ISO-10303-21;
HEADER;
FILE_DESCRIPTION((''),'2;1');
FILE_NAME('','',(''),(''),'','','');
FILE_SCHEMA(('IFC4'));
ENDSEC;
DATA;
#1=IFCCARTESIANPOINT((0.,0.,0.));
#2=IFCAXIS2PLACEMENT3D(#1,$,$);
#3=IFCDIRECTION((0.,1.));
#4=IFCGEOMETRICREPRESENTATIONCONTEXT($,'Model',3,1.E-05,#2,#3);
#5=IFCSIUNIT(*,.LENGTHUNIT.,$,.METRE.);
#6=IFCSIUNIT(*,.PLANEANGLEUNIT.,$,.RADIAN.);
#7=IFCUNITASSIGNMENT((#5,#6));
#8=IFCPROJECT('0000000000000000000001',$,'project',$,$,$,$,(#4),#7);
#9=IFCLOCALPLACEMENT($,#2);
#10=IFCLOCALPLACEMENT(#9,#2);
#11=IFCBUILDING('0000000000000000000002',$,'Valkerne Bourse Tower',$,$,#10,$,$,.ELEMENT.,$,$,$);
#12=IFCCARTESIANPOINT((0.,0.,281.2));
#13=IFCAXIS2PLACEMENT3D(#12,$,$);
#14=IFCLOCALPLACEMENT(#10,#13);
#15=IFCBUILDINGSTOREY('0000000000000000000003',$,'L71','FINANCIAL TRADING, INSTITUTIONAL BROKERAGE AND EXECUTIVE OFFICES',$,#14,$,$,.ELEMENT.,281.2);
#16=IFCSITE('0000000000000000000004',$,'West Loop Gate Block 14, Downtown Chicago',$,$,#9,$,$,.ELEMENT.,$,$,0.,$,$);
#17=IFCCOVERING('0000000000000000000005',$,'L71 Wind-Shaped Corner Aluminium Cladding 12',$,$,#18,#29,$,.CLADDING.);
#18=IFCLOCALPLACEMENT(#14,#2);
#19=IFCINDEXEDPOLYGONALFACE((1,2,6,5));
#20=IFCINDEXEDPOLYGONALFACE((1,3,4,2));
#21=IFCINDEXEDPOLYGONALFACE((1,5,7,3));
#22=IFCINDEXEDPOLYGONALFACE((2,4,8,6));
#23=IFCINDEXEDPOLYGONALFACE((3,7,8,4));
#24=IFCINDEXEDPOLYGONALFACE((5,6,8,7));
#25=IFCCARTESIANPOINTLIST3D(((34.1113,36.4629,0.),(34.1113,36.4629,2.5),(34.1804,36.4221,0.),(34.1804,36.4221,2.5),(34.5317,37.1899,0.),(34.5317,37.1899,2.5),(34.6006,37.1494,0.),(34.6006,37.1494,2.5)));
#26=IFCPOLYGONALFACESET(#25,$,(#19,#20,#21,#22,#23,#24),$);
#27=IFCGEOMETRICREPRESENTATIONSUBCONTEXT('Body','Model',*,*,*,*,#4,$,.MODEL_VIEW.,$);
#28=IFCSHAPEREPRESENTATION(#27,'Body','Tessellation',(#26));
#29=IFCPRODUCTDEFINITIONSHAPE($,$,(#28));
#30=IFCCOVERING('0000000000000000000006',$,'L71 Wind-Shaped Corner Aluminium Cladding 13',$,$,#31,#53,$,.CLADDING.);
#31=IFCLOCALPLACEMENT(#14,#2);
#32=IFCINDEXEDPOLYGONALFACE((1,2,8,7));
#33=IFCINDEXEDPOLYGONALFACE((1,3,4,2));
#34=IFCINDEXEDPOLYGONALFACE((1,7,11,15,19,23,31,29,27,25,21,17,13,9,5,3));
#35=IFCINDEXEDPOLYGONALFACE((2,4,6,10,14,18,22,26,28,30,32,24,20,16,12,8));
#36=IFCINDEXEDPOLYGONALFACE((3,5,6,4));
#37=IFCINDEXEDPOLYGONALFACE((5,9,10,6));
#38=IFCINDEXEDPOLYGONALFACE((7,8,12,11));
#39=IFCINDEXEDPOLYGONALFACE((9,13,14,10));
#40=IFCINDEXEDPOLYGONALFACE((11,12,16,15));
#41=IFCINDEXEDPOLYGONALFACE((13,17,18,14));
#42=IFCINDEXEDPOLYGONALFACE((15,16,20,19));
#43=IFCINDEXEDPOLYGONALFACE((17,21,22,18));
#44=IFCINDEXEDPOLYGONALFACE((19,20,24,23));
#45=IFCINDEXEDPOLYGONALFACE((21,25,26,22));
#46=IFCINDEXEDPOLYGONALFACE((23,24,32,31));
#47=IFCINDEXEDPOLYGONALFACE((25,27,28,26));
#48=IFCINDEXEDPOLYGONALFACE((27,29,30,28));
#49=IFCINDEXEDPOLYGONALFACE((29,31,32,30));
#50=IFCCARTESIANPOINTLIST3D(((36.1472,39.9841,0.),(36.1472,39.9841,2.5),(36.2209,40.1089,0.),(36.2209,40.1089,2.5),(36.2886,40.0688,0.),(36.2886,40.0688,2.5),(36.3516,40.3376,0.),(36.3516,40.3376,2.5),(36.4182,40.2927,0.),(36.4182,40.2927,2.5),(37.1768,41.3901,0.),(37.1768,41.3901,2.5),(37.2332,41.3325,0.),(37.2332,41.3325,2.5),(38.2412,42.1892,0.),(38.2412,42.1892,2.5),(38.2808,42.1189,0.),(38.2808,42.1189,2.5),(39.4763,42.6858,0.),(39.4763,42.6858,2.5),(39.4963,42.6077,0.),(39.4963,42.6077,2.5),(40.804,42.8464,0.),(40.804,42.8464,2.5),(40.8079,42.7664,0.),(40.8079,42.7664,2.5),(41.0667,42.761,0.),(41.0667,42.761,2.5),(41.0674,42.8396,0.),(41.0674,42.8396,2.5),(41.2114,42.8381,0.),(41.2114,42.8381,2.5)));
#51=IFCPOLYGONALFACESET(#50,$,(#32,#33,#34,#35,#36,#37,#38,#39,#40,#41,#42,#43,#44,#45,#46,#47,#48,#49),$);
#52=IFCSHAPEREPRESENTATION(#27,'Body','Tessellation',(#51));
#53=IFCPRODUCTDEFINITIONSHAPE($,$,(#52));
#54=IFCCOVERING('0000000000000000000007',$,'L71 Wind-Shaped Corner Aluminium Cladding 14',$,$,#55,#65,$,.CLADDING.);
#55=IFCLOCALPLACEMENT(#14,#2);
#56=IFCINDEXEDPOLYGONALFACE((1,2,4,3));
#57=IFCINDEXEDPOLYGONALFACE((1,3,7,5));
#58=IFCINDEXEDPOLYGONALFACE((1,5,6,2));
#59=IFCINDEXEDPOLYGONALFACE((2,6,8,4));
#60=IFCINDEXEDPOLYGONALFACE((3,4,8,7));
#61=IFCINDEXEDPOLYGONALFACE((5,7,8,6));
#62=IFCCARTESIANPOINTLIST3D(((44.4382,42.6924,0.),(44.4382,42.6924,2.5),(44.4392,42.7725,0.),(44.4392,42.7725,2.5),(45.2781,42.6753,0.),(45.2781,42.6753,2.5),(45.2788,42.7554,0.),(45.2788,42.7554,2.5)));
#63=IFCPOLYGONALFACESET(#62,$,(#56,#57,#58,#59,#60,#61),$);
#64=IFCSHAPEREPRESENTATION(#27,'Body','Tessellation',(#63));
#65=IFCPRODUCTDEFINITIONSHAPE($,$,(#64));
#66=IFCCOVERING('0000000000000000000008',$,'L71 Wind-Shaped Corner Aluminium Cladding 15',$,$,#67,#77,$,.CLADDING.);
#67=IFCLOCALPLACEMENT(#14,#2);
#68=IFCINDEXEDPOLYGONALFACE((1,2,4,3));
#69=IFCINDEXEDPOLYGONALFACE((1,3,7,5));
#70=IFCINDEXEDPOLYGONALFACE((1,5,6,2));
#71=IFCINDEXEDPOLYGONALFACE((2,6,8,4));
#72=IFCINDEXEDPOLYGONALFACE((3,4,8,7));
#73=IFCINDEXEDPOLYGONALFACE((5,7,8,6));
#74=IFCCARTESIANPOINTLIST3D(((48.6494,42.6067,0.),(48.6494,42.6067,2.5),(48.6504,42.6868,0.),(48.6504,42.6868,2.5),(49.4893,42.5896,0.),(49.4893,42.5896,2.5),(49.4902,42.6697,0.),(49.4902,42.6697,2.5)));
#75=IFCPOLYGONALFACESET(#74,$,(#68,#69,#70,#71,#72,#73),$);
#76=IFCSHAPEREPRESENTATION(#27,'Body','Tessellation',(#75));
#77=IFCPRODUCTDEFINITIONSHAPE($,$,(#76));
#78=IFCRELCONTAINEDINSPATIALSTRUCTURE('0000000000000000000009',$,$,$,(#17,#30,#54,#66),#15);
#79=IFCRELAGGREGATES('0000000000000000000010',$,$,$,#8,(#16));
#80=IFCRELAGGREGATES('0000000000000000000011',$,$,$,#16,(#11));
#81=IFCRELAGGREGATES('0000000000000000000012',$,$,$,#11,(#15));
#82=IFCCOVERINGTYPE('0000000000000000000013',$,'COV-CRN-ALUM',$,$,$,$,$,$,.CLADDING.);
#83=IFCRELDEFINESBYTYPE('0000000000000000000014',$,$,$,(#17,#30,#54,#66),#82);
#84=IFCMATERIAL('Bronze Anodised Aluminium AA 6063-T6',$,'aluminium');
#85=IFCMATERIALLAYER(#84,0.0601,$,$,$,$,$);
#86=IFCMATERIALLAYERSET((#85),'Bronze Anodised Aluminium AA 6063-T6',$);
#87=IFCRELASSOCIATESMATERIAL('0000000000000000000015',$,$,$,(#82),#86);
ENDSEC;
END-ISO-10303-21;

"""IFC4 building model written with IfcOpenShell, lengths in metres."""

from ifc_helpers import new_model, si_unit, direction, frame, origin, place, context, subcontext, project, spatial, polyline, outline, extrude, material, layer, layer_set, type_object, element, save


model = new_model("IFC4")

# Units and contexts
model_context = context("Model", 3, precision=1e-05, world=origin(), true_north=direction((0.0, 1.0)))
body_context = subcontext(model_context, "Body", "Model", "MODEL_VIEW")
ifc_project = project(units=[si_unit("LENGTHUNIT", "METRE"), si_unit("PLANEANGLEUNIT", "RADIAN")], contexts=[model_context])

# Site, building, storey
site_placement = place(None, origin())
site = spatial("IfcSite", under=ifc_project, at=site_placement, Name="West Loop Gate Block 14, Downtown Chicago", CompositionType="ELEMENT", RefElevation=0.0)
building_placement = place(site_placement, origin())
building = spatial("IfcBuilding", under=site, at=building_placement, Name="Valkerne Bourse Tower", CompositionType="ELEMENT")
storey_placement = place(building_placement, frame((0.0, 0.0, 281.2)))
storey = spatial("IfcBuildingStorey", under=building, at=storey_placement, Name="L71", Description="FINANCIAL TRADING, INSTITUTIONAL BROKERAGE AND EXECUTIVE OFFICES", CompositionType="ELEMENT", Elevation=281.2)

# Coverings
ifc_material_1 = material(Name="Bronze Anodised Aluminium AA 6063-T6", Category="aluminium")
ifc_layer_1 = layer(ifc_material_1, 0.0601)
ifc_layer_set_1 = layer_set([ifc_layer_1], Name="Bronze Anodised Aluminium AA 6063-T6")
covering_type = type_object("IfcCoveringType", Name="COV-CRN-ALUM", PredefinedType="CLADDING", material=ifc_layer_set_1)
covering_1_placement = place(storey_placement, origin())
element("IfcCovering", 1, at=covering_1_placement, inside=storey, type_object=covering_type, Name="L71 Wind-Shaped Corner Aluminium Cladding 12", PredefinedType="CLADDING", context=body_context, shape_type="SweptSolid", body=[
    extrude(outline(polyline([(34.5317, 37.1899), (34.6006, 37.1494), (34.1804, 36.4221), (34.1113, 36.4629), (34.5317, 37.1899)])), origin(), (0.0, 0.0, 1.0), 2.5),
])
covering_2_placement = place(storey_placement, origin())
element("IfcCovering", 2, at=covering_2_placement, inside=storey, type_object=covering_type, Name="L71 Wind-Shaped Corner Aluminium Cladding 13", PredefinedType="CLADDING", context=body_context, shape_type="SweptSolid", body=[
    extrude(outline(polyline([(36.3516, 40.3376), (37.1768, 41.3901), (38.2412, 42.1892), (39.4763, 42.6858), (40.804, 42.8464), (41.2114, 42.8381), (41.0674, 42.8396), (41.0667, 42.761), (40.8079, 42.7664), (39.4963, 42.6077), (38.2808, 42.1189), (37.2332, 41.3325), (36.4182, 40.2927), (36.2886, 40.0688), (36.2209, 40.1089), (36.1472, 39.9841), (36.3516, 40.3376)])), origin(), (0.0, 0.0, 1.0), 2.5),
])
covering_3_placement = place(storey_placement, origin())
element("IfcCovering", 3, at=covering_3_placement, inside=storey, type_object=covering_type, Name="L71 Wind-Shaped Corner Aluminium Cladding 14", PredefinedType="CLADDING", context=body_context, shape_type="SweptSolid", body=[
    extrude(outline(polyline([(45.2788, 42.7554), (45.2781, 42.6753), (44.4382, 42.6924), (44.4392, 42.7725), (45.2788, 42.7554)])), origin(), (0.0, 0.0, 1.0), 2.5),
])
covering_4_placement = place(storey_placement, origin())
element("IfcCovering", 4, at=covering_4_placement, inside=storey, type_object=covering_type, Name="L71 Wind-Shaped Corner Aluminium Cladding 15", PredefinedType="CLADDING", context=body_context, shape_type="SweptSolid", body=[
    extrude(outline(polyline([(49.4902, 42.6697), (49.4893, 42.5896), (48.6494, 42.6067), (48.6504, 42.6868), (49.4902, 42.6697)])), origin(), (0.0, 0.0, 1.0), 2.5),
])

save(model, "model.ifc")
